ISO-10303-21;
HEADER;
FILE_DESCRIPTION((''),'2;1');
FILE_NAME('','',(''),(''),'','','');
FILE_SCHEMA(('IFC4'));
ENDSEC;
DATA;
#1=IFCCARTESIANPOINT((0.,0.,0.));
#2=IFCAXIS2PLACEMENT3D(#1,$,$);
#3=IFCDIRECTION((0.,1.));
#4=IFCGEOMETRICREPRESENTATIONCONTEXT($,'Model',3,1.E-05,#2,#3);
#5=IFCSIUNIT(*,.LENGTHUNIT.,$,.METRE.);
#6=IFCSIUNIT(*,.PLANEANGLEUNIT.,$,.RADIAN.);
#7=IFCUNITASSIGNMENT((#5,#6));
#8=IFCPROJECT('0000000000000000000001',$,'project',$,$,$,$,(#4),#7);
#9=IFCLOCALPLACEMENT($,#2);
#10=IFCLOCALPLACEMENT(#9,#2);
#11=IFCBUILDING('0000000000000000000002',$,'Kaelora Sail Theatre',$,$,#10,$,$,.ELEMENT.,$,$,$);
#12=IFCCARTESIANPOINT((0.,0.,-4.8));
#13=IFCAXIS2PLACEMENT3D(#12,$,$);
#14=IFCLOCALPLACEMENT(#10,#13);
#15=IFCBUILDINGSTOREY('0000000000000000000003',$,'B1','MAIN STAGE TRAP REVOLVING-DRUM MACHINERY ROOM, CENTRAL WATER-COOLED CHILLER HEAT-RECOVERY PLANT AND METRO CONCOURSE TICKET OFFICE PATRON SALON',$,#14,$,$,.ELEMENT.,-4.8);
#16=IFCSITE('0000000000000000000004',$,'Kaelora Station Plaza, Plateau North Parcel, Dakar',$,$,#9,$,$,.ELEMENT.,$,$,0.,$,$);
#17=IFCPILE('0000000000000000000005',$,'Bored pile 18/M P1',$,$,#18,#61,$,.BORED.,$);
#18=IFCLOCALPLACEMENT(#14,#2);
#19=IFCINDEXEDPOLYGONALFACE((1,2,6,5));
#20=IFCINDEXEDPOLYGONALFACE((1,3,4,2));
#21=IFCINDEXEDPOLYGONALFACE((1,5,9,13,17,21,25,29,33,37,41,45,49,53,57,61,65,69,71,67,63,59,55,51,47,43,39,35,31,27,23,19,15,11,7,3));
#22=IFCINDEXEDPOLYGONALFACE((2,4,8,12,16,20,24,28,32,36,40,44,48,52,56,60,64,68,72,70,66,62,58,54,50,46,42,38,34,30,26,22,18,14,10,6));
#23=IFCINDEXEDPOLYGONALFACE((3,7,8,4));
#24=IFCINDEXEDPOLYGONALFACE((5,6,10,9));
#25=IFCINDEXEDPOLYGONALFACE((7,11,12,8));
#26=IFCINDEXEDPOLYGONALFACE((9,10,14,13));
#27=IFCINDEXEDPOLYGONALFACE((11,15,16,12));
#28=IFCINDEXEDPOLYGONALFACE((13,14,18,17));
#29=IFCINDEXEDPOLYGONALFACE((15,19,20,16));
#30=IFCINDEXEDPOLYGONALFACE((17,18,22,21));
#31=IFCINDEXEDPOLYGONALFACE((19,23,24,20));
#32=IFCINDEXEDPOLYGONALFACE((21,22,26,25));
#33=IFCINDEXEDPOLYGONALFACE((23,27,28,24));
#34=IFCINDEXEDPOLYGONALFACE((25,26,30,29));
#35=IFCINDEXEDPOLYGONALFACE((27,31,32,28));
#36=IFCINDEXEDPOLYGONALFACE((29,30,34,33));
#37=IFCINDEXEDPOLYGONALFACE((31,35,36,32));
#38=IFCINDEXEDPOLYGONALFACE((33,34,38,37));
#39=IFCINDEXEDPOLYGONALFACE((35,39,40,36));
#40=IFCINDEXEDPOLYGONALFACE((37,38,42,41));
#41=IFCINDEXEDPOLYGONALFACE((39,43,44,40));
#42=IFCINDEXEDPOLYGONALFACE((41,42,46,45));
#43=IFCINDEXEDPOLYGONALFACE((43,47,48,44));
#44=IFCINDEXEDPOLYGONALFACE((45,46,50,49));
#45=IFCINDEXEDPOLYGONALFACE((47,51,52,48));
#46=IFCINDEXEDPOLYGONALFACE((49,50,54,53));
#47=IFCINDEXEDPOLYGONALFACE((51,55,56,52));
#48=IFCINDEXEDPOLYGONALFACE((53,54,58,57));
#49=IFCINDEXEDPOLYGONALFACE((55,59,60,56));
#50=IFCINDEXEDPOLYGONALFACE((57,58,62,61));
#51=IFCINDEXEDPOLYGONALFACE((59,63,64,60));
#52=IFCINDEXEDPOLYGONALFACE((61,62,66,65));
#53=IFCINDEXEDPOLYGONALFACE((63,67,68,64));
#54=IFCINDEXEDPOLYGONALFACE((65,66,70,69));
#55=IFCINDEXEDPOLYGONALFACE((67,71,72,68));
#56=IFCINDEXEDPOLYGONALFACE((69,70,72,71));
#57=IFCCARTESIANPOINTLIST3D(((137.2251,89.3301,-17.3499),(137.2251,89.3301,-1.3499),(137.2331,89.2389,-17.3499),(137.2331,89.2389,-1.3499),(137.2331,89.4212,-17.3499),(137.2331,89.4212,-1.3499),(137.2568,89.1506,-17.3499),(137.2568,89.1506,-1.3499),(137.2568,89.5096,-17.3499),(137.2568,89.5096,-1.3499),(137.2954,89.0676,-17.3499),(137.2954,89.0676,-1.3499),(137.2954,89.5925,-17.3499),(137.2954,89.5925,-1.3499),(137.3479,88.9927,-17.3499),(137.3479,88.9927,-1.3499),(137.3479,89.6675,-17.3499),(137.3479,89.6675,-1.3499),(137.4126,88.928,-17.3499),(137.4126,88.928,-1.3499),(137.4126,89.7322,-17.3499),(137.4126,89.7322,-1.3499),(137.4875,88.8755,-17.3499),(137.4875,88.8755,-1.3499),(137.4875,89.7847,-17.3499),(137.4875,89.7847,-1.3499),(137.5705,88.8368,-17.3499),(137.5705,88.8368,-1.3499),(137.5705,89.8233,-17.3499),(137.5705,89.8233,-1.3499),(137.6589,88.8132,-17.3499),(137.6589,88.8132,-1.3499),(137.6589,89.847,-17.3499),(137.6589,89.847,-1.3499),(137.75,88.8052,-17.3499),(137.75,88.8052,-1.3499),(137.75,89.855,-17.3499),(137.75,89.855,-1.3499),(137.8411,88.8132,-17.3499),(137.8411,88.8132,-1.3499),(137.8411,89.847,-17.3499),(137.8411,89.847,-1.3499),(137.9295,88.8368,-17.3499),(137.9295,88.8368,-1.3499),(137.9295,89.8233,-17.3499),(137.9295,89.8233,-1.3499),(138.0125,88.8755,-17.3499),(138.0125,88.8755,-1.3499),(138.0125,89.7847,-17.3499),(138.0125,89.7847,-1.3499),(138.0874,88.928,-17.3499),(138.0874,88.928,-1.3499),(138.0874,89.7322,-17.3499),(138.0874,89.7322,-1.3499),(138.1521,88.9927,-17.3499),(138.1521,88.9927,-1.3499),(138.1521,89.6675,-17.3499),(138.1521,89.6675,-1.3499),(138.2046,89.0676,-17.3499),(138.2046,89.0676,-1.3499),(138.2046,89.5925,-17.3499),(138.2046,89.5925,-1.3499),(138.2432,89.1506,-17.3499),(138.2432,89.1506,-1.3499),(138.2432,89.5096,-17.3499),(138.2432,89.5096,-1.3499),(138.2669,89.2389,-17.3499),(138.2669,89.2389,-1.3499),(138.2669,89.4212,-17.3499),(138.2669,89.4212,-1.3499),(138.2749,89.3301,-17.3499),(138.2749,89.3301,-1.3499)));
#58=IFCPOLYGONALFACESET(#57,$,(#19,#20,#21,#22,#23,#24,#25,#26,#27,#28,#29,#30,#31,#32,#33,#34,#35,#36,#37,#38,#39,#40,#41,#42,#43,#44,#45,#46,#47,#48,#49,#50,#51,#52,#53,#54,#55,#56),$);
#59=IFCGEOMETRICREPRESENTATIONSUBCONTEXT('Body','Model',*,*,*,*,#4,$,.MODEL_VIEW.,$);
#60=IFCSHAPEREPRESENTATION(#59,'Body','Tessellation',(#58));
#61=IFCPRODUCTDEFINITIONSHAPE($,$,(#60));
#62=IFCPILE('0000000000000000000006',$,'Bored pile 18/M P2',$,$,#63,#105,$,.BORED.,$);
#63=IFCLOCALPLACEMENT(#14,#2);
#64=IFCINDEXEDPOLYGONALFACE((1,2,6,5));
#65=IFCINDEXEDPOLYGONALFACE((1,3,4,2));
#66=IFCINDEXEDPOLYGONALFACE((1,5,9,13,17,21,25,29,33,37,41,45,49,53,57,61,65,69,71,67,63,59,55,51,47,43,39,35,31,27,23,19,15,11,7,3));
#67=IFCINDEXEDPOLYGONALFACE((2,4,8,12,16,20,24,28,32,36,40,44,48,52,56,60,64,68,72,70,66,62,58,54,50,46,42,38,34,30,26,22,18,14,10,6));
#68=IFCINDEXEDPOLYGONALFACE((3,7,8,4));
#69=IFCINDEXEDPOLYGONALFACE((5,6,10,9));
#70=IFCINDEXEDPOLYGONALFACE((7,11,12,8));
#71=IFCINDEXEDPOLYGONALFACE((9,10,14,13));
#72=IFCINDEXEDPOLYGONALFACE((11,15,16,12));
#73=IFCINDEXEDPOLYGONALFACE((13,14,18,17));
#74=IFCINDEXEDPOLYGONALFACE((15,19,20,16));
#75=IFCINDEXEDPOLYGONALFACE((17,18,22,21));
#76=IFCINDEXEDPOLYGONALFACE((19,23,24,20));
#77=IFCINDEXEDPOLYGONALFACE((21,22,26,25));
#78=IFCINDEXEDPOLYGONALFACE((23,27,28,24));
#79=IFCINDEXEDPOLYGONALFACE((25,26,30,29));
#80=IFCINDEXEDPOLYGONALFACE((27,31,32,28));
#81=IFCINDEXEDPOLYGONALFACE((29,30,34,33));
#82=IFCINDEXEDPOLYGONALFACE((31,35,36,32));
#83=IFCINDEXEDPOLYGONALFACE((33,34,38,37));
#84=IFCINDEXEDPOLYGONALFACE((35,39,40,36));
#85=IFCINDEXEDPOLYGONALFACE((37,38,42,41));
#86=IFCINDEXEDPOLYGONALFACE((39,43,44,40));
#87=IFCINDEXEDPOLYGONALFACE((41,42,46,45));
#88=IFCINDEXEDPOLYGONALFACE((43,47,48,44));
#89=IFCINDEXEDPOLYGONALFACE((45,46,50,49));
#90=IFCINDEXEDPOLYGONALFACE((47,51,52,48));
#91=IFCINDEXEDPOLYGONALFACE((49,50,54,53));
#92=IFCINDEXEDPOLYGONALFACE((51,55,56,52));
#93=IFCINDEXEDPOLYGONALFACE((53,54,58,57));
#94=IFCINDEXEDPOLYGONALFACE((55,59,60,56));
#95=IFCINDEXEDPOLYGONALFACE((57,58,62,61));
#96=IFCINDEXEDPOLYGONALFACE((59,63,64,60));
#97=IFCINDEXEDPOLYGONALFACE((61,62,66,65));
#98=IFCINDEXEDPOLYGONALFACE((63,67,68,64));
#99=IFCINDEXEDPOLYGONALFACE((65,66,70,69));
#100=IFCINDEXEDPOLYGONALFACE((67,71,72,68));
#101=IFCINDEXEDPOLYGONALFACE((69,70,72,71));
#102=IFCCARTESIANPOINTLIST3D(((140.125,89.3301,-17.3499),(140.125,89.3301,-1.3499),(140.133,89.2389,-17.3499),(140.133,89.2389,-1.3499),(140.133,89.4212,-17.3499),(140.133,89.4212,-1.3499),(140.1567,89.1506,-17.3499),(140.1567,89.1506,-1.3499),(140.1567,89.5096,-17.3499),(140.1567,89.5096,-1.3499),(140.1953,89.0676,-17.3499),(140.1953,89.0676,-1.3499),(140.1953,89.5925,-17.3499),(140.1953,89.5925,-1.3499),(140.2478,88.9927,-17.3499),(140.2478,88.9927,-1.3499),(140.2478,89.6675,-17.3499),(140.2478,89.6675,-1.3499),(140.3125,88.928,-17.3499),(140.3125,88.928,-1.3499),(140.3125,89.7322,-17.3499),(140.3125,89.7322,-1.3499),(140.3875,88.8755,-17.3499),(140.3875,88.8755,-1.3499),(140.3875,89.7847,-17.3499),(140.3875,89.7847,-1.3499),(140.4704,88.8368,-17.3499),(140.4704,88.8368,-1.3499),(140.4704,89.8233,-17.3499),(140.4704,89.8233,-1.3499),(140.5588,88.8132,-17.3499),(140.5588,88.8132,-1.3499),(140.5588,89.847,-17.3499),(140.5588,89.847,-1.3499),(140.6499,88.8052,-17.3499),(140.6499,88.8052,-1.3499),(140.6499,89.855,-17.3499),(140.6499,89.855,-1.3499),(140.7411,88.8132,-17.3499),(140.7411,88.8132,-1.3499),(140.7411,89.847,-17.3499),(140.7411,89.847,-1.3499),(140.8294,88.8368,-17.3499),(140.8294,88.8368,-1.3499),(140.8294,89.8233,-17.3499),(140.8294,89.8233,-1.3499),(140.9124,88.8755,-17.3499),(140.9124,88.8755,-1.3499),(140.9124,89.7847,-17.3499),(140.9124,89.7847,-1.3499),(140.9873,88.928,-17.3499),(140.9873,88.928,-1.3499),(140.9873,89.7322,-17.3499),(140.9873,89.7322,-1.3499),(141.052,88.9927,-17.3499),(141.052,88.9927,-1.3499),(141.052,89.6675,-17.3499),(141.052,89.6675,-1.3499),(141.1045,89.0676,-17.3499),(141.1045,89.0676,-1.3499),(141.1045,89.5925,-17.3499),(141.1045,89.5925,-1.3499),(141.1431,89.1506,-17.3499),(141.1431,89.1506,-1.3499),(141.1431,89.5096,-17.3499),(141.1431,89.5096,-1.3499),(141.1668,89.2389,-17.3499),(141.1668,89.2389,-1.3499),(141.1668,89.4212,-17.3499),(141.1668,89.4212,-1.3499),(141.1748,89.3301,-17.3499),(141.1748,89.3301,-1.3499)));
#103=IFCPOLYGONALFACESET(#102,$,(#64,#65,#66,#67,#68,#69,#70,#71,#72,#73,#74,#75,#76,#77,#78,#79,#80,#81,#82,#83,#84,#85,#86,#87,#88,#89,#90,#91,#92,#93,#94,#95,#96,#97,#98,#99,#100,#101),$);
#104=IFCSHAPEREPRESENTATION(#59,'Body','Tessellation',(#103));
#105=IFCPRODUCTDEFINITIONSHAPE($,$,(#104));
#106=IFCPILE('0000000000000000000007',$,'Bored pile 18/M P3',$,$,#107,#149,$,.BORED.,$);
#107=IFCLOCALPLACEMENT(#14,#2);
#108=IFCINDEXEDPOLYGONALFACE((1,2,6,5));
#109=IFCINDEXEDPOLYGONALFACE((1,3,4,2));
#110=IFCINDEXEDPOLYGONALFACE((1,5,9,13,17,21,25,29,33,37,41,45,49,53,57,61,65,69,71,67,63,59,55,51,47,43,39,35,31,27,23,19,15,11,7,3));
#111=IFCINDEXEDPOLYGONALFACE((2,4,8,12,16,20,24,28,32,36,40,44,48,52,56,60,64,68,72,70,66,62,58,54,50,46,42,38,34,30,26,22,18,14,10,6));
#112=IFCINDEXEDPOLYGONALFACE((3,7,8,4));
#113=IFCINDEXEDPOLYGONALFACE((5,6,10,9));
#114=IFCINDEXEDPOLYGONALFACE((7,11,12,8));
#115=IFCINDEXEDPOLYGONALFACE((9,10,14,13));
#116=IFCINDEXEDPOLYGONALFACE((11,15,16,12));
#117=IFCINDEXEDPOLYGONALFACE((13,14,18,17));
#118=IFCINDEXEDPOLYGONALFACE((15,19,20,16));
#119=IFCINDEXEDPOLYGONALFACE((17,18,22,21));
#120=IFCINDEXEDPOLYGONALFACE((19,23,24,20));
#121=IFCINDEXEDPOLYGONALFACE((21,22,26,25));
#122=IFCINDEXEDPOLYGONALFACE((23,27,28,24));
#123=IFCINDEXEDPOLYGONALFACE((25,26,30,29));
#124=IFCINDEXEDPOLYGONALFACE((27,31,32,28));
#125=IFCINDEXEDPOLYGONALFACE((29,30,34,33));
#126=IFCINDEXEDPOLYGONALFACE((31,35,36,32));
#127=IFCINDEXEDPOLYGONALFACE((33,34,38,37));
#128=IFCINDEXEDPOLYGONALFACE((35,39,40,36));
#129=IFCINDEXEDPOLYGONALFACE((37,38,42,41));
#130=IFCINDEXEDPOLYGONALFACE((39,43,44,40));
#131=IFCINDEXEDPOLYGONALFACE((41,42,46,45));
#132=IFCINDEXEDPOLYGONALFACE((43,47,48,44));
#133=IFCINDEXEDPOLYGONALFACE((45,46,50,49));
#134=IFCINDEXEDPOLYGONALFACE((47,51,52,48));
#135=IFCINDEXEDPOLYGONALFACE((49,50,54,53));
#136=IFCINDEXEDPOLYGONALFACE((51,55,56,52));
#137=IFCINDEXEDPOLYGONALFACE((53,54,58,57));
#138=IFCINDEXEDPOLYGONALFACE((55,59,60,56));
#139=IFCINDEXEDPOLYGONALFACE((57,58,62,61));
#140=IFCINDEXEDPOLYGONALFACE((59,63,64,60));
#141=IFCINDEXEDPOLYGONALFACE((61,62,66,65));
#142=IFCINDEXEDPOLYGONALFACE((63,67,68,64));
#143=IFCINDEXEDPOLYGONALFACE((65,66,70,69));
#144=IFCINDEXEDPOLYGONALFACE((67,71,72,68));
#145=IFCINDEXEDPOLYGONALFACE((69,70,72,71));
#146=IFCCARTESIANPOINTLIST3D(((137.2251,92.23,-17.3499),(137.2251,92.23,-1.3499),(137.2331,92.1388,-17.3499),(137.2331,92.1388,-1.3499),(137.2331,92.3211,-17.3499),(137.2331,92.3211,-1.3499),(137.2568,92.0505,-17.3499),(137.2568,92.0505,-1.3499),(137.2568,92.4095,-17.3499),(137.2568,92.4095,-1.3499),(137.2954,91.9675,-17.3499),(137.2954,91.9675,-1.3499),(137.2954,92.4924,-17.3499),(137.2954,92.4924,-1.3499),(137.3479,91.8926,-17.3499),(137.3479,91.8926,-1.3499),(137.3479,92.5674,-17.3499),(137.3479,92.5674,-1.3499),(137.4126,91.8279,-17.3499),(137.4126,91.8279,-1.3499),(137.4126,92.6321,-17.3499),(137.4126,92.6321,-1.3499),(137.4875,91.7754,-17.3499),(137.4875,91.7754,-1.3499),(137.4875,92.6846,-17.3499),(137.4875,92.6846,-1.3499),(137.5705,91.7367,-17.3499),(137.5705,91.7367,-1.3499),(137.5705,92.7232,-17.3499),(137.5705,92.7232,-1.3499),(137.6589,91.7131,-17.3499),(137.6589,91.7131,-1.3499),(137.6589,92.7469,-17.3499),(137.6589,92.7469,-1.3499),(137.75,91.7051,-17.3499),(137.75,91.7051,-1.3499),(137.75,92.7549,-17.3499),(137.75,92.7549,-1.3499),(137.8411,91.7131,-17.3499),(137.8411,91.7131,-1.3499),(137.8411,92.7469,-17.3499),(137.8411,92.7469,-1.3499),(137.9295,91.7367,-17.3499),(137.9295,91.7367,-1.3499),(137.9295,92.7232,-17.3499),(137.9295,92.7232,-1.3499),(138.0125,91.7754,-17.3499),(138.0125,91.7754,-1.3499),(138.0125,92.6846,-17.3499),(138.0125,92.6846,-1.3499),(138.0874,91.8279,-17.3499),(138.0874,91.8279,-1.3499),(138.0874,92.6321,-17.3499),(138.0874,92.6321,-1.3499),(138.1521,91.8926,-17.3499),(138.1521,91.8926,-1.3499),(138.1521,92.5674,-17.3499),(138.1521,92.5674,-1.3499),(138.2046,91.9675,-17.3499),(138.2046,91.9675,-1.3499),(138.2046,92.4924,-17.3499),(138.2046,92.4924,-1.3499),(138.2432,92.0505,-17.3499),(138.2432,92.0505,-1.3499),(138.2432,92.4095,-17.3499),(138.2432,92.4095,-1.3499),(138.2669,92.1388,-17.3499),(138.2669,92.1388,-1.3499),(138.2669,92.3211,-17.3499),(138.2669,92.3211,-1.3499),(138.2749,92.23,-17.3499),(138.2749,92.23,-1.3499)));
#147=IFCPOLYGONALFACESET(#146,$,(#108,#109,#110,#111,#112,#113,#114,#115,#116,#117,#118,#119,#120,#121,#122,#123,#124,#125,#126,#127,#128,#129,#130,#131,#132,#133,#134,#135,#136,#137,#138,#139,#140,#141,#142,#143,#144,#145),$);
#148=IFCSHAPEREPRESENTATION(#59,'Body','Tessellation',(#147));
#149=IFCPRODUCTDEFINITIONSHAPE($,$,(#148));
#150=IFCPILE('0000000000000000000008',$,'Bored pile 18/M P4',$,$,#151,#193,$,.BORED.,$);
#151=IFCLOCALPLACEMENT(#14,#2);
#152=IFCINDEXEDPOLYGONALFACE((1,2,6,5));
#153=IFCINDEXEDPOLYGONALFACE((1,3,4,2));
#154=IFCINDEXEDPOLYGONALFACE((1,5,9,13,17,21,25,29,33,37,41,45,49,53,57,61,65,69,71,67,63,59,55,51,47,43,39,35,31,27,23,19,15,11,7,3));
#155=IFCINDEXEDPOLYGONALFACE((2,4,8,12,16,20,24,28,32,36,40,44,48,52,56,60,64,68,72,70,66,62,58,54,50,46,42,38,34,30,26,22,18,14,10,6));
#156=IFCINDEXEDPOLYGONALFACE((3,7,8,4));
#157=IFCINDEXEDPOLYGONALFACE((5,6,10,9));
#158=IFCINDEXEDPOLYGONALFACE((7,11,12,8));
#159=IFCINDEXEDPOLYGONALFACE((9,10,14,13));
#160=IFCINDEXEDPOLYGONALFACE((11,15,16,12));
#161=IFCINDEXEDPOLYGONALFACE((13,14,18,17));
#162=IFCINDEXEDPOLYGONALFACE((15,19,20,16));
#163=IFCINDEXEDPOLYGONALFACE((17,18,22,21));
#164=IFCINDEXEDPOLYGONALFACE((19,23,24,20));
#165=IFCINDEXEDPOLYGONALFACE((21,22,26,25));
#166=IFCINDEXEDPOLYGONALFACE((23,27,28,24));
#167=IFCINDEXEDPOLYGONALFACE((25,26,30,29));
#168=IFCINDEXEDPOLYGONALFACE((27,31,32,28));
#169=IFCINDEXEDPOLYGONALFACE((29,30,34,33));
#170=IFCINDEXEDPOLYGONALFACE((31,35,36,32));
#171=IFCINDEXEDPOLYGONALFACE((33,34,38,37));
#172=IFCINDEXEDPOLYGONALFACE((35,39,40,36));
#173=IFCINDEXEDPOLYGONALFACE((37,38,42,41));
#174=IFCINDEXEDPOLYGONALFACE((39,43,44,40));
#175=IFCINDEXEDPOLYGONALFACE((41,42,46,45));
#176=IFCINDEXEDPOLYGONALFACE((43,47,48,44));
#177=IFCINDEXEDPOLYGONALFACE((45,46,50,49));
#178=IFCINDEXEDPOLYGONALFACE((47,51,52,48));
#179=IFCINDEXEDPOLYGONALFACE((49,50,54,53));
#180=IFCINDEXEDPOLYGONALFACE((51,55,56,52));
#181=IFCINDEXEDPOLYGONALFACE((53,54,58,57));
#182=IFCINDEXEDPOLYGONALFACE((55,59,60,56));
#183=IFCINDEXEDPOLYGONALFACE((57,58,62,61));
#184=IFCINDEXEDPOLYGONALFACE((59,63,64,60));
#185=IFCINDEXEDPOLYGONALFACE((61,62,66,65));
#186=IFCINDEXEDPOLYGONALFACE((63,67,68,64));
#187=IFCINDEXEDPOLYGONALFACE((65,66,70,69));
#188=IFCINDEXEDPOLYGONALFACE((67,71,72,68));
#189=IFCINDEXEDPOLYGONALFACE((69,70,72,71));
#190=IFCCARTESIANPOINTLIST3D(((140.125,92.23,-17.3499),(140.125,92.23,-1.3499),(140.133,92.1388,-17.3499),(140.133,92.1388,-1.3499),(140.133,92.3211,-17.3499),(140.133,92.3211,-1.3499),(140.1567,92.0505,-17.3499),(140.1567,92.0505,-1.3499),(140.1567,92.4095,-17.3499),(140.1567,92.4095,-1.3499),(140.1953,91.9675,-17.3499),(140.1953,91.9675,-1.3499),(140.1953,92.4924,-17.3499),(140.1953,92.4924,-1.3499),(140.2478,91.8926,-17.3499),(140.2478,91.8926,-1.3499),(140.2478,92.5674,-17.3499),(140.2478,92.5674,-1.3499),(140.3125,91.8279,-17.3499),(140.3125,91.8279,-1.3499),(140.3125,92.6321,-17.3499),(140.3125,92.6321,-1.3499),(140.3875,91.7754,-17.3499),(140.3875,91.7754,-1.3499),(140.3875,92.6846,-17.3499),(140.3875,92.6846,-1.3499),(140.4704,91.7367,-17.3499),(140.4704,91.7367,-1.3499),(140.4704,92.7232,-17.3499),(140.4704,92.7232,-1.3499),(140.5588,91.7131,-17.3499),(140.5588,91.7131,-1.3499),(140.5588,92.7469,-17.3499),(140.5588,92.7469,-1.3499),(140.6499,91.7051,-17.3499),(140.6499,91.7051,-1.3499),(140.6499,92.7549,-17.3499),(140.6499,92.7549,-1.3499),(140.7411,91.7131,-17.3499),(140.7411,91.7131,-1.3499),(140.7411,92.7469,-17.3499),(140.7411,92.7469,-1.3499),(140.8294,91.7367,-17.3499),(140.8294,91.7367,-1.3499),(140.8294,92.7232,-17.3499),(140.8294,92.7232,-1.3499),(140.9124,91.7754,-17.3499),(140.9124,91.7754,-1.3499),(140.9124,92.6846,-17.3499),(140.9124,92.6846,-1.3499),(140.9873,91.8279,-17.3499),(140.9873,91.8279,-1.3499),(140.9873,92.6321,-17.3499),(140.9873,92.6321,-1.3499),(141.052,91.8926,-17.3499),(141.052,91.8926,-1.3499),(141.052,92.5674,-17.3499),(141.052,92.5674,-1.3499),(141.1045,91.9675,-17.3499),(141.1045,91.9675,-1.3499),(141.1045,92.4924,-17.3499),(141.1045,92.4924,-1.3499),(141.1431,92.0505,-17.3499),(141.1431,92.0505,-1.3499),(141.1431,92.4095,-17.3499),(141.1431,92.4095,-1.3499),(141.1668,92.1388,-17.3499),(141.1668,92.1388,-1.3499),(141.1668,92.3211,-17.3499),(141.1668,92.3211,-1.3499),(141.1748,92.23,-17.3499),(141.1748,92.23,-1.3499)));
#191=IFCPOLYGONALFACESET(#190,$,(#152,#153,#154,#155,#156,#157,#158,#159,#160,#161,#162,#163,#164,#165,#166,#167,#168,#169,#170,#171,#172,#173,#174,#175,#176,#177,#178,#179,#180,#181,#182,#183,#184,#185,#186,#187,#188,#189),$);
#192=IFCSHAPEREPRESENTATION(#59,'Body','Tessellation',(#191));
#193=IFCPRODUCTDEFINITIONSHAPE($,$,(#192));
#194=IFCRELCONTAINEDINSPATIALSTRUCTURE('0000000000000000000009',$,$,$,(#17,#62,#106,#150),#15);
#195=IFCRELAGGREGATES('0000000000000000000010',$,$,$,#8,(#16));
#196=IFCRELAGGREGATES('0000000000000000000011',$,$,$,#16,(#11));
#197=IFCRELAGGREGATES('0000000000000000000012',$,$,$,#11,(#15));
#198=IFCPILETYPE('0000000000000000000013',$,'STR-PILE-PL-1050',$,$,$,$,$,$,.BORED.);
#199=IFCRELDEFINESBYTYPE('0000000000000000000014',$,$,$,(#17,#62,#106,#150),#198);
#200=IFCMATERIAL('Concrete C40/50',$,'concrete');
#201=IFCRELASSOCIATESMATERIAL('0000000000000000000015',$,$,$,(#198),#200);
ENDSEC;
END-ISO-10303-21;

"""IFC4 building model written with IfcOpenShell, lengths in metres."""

from ifc_helpers import new_model, si_unit, direction, frame, origin, origin_2d, place, context, subcontext, project, spatial, circle, extrude, material, material_profile, profile_set, type_object, element, save


model = new_model("IFC4")

# Units and contexts
model_context = context("Model", 3, precision=1e-05, world=origin(), true_north=direction((0.0, 1.0)))
body_context = subcontext(model_context, "Body", "Model", "MODEL_VIEW")
ifc_project = project(units=[si_unit("LENGTHUNIT", "METRE"), si_unit("PLANEANGLEUNIT", "RADIAN")], contexts=[model_context])

# Site, building, storey
site_placement = place(None, origin())
site = spatial("IfcSite", under=ifc_project, at=site_placement, Name="Kaelora Station Plaza, Plateau North Parcel, Dakar", CompositionType="ELEMENT", RefElevation=0.0)
building_placement = place(site_placement, origin())
building = spatial("IfcBuilding", under=site, at=building_placement, Name="Kaelora Sail Theatre", CompositionType="ELEMENT")
storey_placement = place(building_placement, frame((0.0, 0.0, -4.8)))
storey = spatial("IfcBuildingStorey", under=building, at=storey_placement, Name="B1", Description="MAIN STAGE TRAP REVOLVING-DRUM MACHINERY ROOM, CENTRAL WATER-COOLED CHILLER HEAT-RECOVERY PLANT AND METRO CONCOURSE TICKET OFFICE PATRON SALON", CompositionType="ELEMENT", Elevation=-4.8)

# Piles
ifc_material_1 = material(Name="Concrete C40/50", Category="concrete")
ifc_material_profile_1 = material_profile(ifc_material_1, circle(Radius=0.5249, at=origin_2d()), Name="PILE D1050")
ifc_profile_set_1 = profile_set([ifc_material_profile_1], Name="Concrete C40/50")
pile_type_1 = type_object("IfcPileType", Name="STR-PILE-PL-1050", PredefinedType="BORED", material=ifc_profile_set_1)
for number, where, z_axis, x_axis, name in (
    (1, (137.75, 89.3301, -1.3499), (0.0, 0.0, -1.0), (1.0, 0.0, 0.0), "Bored pile 18/M P1"),
    (2, (140.6499, 89.3301, -1.3499), (0.0, 0.0, -1.0), (1.0, 0.0, 0.0), "Bored pile 18/M P2"),
    (3, (137.75, 92.23, -1.3499), (0.0, 0.0, -1.0), (1.0, 0.0, 0.0), "Bored pile 18/M P3"),
    (4, (140.6499, 92.23, -1.3499), (0.0, 0.0, -1.0), (1.0, 0.0, 0.0), "Bored pile 18/M P4"),
):
    element("IfcPile", number, at=place(storey_placement, frame(where, z_axis=z_axis, x_axis=x_axis)), inside=storey, type_object=pile_type_1, Name=name, PredefinedType="BORED", context=body_context, shape_type="SweptSolid", body=[
        extrude(circle(Radius=0.5249, at=origin_2d()), origin(), (0.0, 0.0, 1.0), 16.0),
    ])

save(model, "model.ifc")
